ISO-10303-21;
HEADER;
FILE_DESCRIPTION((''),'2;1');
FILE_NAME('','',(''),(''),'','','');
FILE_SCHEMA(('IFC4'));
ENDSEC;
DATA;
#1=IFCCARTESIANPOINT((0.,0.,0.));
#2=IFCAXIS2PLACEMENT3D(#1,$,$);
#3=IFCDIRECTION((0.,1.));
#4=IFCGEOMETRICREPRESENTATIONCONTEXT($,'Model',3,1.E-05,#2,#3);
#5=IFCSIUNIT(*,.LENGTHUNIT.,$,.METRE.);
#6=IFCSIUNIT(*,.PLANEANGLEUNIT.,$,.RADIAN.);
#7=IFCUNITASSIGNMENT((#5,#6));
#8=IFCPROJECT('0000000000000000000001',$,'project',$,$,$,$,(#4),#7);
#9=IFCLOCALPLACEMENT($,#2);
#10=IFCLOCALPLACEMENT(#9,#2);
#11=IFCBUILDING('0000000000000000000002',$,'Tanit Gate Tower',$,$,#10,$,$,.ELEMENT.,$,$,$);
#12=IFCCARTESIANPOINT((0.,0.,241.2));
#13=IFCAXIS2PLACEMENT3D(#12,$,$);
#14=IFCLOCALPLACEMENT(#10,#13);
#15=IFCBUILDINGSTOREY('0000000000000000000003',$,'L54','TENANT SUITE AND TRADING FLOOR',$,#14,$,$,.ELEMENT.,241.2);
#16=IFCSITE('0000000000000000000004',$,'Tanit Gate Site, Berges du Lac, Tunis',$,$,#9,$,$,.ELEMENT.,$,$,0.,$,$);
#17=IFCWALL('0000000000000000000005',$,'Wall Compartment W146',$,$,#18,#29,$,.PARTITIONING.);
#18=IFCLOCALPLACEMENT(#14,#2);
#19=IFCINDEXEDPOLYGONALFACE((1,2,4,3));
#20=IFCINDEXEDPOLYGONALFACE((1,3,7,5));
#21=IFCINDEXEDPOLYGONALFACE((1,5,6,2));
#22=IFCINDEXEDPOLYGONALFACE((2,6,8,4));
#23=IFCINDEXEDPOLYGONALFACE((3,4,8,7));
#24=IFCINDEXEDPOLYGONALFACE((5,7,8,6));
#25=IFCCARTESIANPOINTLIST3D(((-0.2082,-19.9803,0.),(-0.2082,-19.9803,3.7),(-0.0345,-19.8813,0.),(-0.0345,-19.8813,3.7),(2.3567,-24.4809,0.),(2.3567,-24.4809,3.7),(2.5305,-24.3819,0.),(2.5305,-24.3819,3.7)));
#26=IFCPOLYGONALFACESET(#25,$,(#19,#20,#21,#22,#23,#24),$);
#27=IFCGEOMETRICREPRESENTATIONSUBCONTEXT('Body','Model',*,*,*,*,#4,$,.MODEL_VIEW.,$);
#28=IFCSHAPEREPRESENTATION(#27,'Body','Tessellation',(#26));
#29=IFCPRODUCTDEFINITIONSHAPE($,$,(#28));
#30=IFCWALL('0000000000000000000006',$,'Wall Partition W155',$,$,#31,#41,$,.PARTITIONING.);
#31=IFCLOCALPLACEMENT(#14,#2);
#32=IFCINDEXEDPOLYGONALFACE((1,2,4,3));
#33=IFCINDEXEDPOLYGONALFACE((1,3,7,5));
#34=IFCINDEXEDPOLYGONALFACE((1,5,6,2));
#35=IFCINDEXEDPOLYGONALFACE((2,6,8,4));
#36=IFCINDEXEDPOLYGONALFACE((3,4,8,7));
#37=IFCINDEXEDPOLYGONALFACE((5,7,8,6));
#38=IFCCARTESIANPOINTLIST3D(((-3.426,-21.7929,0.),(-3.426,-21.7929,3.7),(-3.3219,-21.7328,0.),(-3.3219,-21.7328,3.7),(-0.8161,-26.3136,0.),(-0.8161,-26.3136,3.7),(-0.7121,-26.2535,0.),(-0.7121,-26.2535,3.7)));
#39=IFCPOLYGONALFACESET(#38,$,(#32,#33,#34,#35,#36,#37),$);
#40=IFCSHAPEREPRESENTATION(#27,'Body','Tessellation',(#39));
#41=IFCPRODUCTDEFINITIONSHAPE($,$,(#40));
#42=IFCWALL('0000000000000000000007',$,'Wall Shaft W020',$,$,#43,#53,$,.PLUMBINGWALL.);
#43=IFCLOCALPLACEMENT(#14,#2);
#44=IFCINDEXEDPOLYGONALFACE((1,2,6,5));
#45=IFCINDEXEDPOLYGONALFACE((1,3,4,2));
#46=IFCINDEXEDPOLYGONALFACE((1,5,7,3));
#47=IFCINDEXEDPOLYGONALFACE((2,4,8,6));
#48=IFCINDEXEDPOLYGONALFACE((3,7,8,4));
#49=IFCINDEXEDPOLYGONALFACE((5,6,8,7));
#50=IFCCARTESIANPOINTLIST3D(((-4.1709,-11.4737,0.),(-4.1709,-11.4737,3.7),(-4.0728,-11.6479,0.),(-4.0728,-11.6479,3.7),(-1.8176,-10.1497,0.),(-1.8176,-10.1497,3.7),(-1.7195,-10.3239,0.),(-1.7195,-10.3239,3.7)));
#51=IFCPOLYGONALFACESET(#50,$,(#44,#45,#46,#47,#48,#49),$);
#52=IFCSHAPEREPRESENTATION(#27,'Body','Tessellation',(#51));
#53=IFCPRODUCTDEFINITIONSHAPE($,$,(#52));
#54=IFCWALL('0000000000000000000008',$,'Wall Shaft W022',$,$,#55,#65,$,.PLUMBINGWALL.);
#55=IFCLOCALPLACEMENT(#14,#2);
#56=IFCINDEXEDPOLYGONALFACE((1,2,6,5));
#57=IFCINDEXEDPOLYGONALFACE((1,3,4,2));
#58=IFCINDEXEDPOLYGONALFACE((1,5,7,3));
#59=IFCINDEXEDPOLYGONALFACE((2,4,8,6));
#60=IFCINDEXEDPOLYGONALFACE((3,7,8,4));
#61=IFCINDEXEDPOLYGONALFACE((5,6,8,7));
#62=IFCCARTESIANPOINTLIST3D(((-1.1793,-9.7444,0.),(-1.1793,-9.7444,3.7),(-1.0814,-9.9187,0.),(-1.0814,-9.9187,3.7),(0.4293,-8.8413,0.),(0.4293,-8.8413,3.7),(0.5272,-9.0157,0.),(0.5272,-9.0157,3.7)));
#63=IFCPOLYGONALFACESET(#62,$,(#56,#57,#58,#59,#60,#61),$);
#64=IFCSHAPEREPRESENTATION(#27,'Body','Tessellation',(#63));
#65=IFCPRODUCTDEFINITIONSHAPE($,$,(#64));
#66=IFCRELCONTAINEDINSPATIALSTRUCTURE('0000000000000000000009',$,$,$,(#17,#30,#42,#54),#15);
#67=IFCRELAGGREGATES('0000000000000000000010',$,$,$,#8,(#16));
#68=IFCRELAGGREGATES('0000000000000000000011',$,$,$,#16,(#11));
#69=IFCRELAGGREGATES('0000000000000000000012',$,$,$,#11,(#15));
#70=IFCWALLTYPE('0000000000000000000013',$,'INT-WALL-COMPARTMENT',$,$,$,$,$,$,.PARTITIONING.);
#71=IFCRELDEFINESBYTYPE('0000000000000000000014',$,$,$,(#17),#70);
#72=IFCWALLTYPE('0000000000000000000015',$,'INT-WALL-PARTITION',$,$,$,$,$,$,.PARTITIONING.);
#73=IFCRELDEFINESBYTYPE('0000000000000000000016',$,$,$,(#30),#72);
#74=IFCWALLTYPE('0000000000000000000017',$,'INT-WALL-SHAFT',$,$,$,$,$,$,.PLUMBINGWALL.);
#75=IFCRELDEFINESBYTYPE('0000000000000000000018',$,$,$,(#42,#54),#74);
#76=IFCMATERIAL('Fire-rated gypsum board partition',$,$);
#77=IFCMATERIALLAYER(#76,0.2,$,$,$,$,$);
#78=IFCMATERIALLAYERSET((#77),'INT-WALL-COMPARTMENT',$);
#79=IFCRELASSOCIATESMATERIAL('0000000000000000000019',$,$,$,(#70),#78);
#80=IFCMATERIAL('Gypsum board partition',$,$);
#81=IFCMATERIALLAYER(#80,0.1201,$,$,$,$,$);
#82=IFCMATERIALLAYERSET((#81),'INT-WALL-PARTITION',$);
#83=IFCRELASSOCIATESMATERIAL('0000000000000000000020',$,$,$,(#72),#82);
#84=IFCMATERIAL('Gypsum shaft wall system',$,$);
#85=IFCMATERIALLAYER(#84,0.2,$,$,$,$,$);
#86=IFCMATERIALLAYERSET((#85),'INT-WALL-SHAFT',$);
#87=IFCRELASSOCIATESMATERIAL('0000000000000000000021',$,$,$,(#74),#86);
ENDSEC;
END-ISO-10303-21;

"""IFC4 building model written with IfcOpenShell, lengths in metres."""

from ifc_helpers import new_model, si_unit, direction, frame, frame_2d, origin, place, context, subcontext, project, spatial, rectangle, extrude, material, layer, layer_set, type_object, element, save


model = new_model("IFC4")

# Units and contexts
model_context = context("Model", 3, precision=1e-05, world=origin(), true_north=direction((0.0, 1.0)))
body_context = subcontext(model_context, "Body", "Model", "MODEL_VIEW")
ifc_project = project(units=[si_unit("LENGTHUNIT", "METRE"), si_unit("PLANEANGLEUNIT", "RADIAN")], contexts=[model_context])

# Site, building, storey
site_placement = place(None, origin())
site = spatial("IfcSite", under=ifc_project, at=site_placement, Name="Tanit Gate Site, Berges du Lac, Tunis", CompositionType="ELEMENT", RefElevation=0.0)
building_placement = place(site_placement, origin())
building = spatial("IfcBuilding", under=site, at=building_placement, Name="Tanit Gate Tower", CompositionType="ELEMENT")
storey_placement = place(building_placement, frame((0.0, 0.0, 241.2)))
storey = spatial("IfcBuildingStorey", under=building, at=storey_placement, Name="L54", Description="TENANT SUITE AND TRADING FLOOR", CompositionType="ELEMENT", Elevation=241.2)

# Shared definitions
ifc_material_1 = material(Name="Fire-rated gypsum board partition")
ifc_layer_1 = layer(ifc_material_1, 0.2)
ifc_layer_set_1 = layer_set([ifc_layer_1], Name="INT-WALL-COMPARTMENT")
wall_type_1 = type_object("IfcWallType", Name="INT-WALL-COMPARTMENT", PredefinedType="PARTITIONING", material=ifc_layer_set_1)

# Walls
wall_1_placement = place(storey_placement, frame((2.4436, -24.4314, 0.0), z_axis=(0.0, 0.0, 1.0), x_axis=(-0.495154, 0.868805, 0.0)))
element("IfcWall", 1, at=wall_1_placement, inside=storey, type_object=wall_type_1, Name="Wall Compartment W146", PredefinedType="PARTITIONING", context=body_context, shape_type="SweptSolid", body=[
    extrude(rectangle(XDim=5.1802, YDim=0.2, at=frame_2d((2.5901, 0.0))), origin(), (0.0, 0.0, 1.0), 3.7),
])
ifc_material_2 = material(Name="Gypsum board partition")
ifc_layer_2 = layer(ifc_material_2, 0.1201)
ifc_layer_set_2 = layer_set([ifc_layer_2], Name="INT-WALL-PARTITION")
wall_type_2 = type_object("IfcWallType", Name="INT-WALL-PARTITION", PredefinedType="PARTITIONING", material=ifc_layer_set_2)
wall_2_placement = place(storey_placement, frame((-0.7642, -26.2834, 0.0), z_axis=(0.0, 0.0, 1.0), x_axis=(-0.499972, 0.866042, 0.0)))
element("IfcWall", 2, at=wall_2_placement, inside=storey, type_object=wall_type_2, Name="Wall Partition W155", PredefinedType="PARTITIONING", context=body_context, shape_type="SweptSolid", body=[
    extrude(rectangle(XDim=5.22, YDim=0.1201, at=frame_2d((2.6099, 0.0))), origin(), (0.0, 0.0, 1.0), 3.7),
])
ifc_material_3 = material(Name="Gypsum shaft wall system")
ifc_layer_3 = layer(ifc_material_3, 0.2)
ifc_layer_set_3 = layer_set([ifc_layer_3], Name="INT-WALL-SHAFT")
wall_type_3 = type_object("IfcWallType", Name="INT-WALL-SHAFT", PredefinedType="PLUMBINGWALL", material=ifc_layer_set_3)
wall_3_placement = place(storey_placement, frame((-1.7686, -10.2368, 0.0), z_axis=(0.0, 0.0, 1.0), x_axis=(-0.871534, -0.490334, 0.0)))
element("IfcWall", 3, at=wall_3_placement, inside=storey, type_object=wall_type_3, Name="Wall Shaft W020", PredefinedType="PLUMBINGWALL", context=body_context, shape_type="SweptSolid", body=[
    extrude(rectangle(XDim=2.7002, YDim=0.2, at=frame_2d((1.3501, 0.0))), origin(), (0.0, 0.0, 1.0), 3.7),
])
wall_4_placement = place(storey_placement, frame((-1.1304, -9.8315, 0.0), z_axis=(0.0, 0.0, 1.0), x_axis=(0.871989, 0.489526, 0.0)))
element("IfcWall", 4, at=wall_4_placement, inside=storey, type_object=wall_type_3, Name="Wall Shaft W022", PredefinedType="PLUMBINGWALL", context=body_context, shape_type="SweptSolid", body=[
    extrude(rectangle(XDim=1.8447, YDim=0.2, at=frame_2d((0.9224, 0.0))), origin(), (0.0, 0.0, 1.0), 3.7),
])

save(model, "model.ifc")
